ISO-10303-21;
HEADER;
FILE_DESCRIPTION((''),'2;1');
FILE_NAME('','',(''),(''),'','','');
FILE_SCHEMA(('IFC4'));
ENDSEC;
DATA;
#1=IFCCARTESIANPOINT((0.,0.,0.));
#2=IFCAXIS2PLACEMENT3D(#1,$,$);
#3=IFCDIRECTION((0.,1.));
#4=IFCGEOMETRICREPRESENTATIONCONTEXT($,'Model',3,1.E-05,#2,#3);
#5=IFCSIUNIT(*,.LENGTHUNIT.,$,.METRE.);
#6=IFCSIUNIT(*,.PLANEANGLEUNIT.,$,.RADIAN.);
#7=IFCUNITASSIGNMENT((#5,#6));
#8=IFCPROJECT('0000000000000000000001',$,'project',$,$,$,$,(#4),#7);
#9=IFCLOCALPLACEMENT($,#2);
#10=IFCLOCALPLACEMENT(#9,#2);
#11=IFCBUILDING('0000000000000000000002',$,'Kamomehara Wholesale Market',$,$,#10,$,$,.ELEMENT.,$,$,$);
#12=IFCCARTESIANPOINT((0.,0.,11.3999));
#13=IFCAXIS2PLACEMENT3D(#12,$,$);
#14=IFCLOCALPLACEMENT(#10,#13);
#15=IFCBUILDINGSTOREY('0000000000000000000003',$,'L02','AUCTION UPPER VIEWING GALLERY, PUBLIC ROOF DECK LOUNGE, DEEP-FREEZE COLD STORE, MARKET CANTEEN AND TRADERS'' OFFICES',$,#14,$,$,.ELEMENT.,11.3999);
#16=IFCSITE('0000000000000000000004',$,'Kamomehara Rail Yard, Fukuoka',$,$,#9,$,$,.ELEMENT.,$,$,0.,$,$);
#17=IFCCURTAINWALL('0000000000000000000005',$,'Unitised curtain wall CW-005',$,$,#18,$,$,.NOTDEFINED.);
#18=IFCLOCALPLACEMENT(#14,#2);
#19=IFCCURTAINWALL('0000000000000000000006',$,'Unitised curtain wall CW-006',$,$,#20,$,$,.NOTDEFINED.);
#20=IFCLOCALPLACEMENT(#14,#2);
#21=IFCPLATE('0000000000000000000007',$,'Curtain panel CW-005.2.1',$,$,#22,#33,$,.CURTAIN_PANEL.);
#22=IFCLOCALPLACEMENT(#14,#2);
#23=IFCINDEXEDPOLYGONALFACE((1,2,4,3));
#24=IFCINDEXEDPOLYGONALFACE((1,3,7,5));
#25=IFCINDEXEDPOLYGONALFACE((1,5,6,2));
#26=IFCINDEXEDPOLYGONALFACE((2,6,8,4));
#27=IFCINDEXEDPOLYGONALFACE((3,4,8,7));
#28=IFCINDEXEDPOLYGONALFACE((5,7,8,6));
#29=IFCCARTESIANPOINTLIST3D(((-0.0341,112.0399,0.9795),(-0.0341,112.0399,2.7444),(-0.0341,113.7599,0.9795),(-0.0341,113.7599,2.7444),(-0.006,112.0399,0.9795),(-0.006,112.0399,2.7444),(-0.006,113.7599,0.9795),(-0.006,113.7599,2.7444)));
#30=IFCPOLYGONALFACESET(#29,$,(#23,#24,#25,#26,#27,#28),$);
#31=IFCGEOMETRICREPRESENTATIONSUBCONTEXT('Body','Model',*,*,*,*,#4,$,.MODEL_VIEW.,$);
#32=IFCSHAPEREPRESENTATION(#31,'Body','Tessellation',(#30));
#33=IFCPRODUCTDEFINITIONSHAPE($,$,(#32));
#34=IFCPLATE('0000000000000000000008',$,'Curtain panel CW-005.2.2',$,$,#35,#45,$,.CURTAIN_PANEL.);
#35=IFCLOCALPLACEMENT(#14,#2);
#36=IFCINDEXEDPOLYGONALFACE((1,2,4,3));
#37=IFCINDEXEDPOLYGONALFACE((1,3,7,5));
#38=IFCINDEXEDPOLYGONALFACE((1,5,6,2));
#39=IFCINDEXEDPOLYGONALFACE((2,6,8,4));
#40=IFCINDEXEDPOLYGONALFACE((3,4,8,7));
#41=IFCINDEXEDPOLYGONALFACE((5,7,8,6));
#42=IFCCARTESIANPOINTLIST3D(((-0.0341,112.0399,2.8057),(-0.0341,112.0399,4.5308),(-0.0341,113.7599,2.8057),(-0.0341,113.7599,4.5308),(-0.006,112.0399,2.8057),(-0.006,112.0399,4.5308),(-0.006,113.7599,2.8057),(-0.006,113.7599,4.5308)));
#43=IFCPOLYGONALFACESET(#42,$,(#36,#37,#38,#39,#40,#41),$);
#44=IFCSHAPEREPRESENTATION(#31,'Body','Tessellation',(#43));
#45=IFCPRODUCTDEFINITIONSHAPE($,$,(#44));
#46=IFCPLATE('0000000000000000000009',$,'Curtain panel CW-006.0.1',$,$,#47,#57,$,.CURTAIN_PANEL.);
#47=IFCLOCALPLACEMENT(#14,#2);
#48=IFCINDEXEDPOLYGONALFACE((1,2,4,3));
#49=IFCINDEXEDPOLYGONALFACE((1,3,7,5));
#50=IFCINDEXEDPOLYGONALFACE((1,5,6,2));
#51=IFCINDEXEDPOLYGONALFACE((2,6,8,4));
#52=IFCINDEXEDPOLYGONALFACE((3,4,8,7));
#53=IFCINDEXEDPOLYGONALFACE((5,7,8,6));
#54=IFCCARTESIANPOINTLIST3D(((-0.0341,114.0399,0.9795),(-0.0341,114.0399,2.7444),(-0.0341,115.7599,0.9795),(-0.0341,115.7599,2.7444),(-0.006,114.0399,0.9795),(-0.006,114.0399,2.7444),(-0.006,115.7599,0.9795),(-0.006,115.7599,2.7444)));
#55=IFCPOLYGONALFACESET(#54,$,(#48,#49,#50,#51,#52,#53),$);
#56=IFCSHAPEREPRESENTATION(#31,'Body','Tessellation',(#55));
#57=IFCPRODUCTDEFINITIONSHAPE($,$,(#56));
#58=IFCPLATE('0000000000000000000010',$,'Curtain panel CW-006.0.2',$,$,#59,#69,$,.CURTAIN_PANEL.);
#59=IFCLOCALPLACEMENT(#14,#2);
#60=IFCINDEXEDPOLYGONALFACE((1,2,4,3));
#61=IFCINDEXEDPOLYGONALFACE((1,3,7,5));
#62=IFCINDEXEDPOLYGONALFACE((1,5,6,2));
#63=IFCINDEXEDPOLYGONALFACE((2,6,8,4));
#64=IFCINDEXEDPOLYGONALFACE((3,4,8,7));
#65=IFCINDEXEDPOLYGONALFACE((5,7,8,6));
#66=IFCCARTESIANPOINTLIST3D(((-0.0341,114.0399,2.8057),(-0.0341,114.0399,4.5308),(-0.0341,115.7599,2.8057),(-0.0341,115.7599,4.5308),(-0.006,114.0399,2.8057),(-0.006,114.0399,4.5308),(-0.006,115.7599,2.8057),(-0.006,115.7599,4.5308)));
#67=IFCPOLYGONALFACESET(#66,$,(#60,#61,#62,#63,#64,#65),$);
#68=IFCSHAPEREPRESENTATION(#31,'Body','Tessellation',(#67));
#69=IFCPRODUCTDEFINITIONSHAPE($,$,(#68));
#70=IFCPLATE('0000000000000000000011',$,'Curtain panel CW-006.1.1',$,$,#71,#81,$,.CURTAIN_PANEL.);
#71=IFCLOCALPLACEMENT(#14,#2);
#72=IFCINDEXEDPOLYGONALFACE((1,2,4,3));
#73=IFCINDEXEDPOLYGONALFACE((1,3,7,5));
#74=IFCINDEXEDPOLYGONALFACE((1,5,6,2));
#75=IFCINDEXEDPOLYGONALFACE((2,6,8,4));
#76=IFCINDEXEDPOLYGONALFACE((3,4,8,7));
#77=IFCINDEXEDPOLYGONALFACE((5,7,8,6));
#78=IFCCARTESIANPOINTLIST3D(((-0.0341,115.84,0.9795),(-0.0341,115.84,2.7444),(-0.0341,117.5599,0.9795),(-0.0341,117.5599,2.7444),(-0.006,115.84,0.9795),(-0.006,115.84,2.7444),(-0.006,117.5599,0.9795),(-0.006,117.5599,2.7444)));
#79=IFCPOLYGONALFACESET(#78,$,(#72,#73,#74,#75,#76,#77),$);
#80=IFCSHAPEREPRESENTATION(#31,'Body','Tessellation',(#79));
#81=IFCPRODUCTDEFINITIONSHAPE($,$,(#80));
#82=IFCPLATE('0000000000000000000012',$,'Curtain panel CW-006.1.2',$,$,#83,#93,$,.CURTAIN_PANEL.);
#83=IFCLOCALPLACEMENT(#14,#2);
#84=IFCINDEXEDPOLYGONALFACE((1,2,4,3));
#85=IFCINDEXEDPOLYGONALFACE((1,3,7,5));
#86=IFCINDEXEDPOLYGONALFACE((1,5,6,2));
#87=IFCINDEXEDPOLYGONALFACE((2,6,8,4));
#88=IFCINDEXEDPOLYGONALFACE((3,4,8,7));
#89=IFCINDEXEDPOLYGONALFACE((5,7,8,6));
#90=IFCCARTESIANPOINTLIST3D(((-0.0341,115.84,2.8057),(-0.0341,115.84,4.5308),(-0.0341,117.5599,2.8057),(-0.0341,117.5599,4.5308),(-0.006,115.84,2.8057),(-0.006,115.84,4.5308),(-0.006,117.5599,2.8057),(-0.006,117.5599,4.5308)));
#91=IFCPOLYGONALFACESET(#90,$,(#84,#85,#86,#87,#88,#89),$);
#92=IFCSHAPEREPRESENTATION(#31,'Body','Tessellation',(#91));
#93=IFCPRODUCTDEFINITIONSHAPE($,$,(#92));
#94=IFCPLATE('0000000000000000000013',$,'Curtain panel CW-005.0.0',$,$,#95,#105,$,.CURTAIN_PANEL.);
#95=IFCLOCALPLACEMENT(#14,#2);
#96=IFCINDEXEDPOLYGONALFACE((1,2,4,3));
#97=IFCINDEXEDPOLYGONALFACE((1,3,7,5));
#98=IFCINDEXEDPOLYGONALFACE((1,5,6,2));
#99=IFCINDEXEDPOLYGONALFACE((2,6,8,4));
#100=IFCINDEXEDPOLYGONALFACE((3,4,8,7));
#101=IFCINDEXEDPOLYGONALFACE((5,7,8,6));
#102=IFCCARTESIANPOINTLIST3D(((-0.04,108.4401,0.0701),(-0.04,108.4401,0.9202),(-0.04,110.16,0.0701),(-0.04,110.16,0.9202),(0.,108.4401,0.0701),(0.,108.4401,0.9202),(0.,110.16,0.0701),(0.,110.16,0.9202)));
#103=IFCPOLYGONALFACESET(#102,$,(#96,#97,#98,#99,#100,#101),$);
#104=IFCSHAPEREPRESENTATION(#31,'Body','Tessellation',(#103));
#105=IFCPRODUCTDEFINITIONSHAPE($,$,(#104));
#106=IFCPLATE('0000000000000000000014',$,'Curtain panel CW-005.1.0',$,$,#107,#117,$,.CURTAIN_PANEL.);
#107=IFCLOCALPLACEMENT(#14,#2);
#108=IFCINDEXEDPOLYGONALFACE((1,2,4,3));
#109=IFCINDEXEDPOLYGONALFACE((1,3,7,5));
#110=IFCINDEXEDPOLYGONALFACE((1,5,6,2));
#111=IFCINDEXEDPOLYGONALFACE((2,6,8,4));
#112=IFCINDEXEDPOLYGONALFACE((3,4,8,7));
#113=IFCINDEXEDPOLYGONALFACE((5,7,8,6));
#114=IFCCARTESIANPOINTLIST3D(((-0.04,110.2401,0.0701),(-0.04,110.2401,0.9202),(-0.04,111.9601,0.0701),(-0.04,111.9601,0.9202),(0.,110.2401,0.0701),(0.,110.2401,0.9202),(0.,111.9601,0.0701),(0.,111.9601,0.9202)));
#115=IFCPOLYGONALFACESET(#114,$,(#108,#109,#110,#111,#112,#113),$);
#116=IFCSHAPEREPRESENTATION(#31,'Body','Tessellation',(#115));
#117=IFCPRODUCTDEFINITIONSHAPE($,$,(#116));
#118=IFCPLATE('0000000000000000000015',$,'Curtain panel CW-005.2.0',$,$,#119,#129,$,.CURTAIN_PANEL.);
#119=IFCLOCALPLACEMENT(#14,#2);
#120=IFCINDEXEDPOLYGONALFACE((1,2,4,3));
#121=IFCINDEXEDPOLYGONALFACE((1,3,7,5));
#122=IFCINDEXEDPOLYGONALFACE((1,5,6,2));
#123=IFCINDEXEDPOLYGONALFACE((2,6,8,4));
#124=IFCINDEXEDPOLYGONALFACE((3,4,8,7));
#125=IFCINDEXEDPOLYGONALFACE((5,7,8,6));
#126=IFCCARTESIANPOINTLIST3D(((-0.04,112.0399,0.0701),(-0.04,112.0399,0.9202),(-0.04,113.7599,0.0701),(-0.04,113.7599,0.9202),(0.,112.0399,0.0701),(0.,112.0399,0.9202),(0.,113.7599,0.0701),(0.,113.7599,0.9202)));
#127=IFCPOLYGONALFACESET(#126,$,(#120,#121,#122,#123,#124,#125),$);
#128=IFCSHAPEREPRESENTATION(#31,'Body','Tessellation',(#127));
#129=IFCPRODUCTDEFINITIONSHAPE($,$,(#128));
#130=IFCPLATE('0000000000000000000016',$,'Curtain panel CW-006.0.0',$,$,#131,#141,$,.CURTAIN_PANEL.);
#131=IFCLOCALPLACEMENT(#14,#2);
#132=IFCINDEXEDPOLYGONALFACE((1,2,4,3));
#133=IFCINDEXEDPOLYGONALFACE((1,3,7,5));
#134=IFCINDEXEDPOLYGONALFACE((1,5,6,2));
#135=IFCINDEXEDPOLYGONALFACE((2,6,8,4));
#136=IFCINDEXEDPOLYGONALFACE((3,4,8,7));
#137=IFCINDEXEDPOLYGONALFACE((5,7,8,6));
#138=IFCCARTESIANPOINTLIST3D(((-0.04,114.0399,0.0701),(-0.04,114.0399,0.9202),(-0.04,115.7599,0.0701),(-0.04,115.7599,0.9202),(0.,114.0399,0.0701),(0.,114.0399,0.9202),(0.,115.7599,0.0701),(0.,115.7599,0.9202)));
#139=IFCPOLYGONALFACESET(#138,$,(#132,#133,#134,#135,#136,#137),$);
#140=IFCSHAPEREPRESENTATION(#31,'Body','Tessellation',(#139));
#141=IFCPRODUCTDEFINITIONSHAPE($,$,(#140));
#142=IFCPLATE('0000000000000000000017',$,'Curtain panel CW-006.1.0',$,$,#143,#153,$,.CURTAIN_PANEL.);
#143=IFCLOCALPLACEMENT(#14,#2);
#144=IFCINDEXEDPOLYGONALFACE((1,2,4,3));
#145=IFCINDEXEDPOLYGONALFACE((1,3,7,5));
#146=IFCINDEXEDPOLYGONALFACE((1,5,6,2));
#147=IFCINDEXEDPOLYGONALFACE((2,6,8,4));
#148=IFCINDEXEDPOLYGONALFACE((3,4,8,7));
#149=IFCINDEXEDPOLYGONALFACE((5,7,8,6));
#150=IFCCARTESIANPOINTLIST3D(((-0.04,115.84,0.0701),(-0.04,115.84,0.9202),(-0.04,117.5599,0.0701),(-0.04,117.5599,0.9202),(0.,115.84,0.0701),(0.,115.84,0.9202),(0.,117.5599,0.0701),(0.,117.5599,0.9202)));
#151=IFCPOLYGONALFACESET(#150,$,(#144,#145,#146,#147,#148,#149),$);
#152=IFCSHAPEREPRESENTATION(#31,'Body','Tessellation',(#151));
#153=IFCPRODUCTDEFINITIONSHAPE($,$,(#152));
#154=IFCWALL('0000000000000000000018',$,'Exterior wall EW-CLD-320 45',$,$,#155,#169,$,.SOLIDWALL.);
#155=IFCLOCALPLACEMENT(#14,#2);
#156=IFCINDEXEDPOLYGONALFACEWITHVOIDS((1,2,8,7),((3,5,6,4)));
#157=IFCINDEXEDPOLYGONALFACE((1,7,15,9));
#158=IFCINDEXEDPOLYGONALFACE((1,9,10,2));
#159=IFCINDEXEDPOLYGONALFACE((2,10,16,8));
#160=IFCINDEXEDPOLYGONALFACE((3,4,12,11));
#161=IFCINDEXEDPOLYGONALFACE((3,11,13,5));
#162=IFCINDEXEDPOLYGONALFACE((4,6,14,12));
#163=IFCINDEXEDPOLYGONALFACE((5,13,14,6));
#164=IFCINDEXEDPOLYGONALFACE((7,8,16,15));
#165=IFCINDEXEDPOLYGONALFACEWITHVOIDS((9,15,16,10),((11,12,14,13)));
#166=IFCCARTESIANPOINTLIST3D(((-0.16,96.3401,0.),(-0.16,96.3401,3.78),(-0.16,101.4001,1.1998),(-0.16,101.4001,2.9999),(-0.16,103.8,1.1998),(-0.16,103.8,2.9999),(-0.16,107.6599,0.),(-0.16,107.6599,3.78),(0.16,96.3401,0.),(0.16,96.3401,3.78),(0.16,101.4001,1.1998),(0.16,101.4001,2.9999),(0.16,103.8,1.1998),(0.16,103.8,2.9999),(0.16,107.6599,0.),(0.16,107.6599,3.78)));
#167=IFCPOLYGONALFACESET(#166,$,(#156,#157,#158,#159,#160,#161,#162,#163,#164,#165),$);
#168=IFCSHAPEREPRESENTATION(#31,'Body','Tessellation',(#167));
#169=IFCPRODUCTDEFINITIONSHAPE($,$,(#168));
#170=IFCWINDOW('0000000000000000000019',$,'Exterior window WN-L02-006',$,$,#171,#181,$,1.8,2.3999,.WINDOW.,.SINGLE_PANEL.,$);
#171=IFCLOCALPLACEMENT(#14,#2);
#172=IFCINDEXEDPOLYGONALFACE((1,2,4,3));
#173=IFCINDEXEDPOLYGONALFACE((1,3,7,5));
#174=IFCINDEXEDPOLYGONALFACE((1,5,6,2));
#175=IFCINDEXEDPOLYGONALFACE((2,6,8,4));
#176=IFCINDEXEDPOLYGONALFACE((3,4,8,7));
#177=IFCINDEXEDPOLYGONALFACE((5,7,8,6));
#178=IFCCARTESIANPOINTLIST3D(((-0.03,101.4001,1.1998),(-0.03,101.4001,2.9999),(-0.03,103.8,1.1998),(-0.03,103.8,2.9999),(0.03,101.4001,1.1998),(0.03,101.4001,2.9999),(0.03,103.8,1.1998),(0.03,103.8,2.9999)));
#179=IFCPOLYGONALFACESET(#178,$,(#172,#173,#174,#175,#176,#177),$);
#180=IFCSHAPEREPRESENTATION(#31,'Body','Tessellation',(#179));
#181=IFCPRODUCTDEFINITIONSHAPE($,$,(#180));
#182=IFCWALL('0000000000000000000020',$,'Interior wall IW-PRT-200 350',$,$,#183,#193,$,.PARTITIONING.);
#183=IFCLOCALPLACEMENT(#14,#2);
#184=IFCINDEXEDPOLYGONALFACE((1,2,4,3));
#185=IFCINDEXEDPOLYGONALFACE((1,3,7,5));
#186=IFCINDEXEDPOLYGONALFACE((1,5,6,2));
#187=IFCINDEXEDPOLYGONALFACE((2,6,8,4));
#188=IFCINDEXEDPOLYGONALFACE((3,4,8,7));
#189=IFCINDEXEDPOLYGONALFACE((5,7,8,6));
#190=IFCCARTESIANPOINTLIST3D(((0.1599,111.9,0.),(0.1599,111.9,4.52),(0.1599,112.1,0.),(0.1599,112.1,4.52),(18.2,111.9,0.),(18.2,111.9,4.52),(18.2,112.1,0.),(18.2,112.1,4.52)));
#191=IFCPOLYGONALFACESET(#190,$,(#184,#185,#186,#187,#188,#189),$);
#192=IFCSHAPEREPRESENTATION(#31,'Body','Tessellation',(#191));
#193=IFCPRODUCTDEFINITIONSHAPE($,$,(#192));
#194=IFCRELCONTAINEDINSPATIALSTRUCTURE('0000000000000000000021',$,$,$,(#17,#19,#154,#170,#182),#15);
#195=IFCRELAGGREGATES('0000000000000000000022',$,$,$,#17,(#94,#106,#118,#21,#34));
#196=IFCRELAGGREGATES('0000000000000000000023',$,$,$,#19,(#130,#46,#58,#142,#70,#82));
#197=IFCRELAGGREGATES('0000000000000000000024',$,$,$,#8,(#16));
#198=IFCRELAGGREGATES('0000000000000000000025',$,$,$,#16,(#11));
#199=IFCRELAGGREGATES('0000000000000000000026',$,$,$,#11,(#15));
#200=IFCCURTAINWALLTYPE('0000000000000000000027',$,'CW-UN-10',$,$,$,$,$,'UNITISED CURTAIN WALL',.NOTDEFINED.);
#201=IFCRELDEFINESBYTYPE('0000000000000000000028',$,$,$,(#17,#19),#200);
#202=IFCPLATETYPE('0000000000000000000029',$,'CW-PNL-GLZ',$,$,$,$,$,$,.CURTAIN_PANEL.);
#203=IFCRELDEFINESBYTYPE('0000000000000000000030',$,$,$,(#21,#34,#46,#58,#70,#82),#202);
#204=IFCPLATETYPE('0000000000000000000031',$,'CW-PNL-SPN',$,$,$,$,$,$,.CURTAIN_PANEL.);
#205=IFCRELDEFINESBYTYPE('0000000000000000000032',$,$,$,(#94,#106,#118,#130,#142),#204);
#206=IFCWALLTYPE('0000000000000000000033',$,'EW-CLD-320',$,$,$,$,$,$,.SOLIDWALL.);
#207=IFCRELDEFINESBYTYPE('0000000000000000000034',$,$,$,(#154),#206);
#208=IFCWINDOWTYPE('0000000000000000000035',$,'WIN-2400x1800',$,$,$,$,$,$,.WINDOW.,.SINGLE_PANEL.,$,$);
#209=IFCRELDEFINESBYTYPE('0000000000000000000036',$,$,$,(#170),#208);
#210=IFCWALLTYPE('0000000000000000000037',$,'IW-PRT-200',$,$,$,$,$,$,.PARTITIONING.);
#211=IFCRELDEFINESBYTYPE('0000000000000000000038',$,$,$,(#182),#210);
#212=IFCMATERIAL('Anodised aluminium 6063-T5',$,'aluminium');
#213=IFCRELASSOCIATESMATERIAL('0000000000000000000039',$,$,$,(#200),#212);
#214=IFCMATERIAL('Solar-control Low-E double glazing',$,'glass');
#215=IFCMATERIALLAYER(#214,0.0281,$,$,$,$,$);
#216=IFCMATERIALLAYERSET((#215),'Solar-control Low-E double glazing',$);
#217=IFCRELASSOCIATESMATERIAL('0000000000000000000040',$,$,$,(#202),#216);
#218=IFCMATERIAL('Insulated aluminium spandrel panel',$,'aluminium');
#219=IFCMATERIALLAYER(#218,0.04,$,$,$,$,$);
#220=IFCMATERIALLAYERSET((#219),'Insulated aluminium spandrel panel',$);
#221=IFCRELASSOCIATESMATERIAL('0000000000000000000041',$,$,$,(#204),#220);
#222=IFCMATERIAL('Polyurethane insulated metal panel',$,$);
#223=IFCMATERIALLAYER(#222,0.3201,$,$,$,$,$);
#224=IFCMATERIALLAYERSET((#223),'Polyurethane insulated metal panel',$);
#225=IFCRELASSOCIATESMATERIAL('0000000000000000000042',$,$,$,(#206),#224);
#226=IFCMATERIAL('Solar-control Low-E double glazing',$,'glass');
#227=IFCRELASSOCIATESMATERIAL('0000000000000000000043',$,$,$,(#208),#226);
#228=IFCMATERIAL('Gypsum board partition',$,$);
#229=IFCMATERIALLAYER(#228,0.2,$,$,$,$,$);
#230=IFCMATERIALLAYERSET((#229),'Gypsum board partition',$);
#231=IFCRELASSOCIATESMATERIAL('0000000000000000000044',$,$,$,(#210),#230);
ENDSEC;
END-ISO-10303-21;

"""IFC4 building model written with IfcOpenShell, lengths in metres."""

from ifc_helpers import new_model, si_unit, direction, frame, frame_2d, origin, origin_2d, place, context, subcontext, project, spatial, rectangle, extrude, material, layer, layer_set, type_object, element, fill, aggregate, save


model = new_model("IFC4")

# Units and contexts
model_context = context("Model", 3, precision=1e-05, world=origin(), true_north=direction((0.0, 1.0)))
body_context = subcontext(model_context, "Body", "Model", "MODEL_VIEW")
ifc_project = project(units=[si_unit("LENGTHUNIT", "METRE"), si_unit("PLANEANGLEUNIT", "RADIAN")], contexts=[model_context])

# Site, building, storey
site_placement = place(None, origin())
site = spatial("IfcSite", under=ifc_project, at=site_placement, Name="Kamomehara Rail Yard, Fukuoka", CompositionType="ELEMENT", RefElevation=0.0)
building_placement = place(site_placement, origin())
building = spatial("IfcBuilding", under=site, at=building_placement, Name="Kamomehara Wholesale Market", CompositionType="ELEMENT")
storey_placement = place(building_placement, frame((0.0, 0.0, 11.3999)))
storey = spatial("IfcBuildingStorey", under=building, at=storey_placement, Name="L02", Description="AUCTION UPPER VIEWING GALLERY, PUBLIC ROOF DECK LOUNGE, DEEP-FREEZE COLD STORE, MARKET CANTEEN AND TRADERS' OFFICES", CompositionType="ELEMENT", Elevation=11.3999)

# Curtain walls
ifc_material_1 = material(Name="Anodised aluminium 6063-T5", Category="aluminium")
curtain_wall_type = type_object("IfcCurtainWallType", Name="CW-UN-10", ElementType="UNITISED CURTAIN WALL", PredefinedType="NOTDEFINED", material=ifc_material_1)
curtain_wall_1_placement = place(storey_placement, origin())
curtain_wall_1 = element("IfcCurtainWall", 1, at=curtain_wall_1_placement, inside=storey, type_object=curtain_wall_type, Name="Unitised curtain wall CW-005", PredefinedType="NOTDEFINED")
curtain_wall_2_placement = place(storey_placement, origin())
curtain_wall_2 = element("IfcCurtainWall", 2, at=curtain_wall_2_placement, inside=storey, type_object=curtain_wall_type, Name="Unitised curtain wall CW-006", PredefinedType="NOTDEFINED")

# Plates
ifc_material_2 = material(Name="Solar-control Low-E double glazing", Category="glass")
ifc_layer_1 = layer(ifc_material_2, 0.0281)
ifc_layer_set_1 = layer_set([ifc_layer_1], Name="Solar-control Low-E double glazing")
plate_type_1 = type_object("IfcPlateType", Name="CW-PNL-GLZ", PredefinedType="CURTAIN_PANEL", material=ifc_layer_set_1)
plate_1_placement = place(storey_placement, frame((-0.02, 112.8999, 0.9795), z_axis=(0.0, 0.0, 1.0), x_axis=(0.0, 1.0, 0.0)))
plate_1 = element("IfcPlate", 3, at=plate_1_placement, type_object=plate_type_1, Name="Curtain panel CW-005.2.1", PredefinedType="CURTAIN_PANEL", context=body_context, shape_type="SweptSolid", body=[
    extrude(rectangle(XDim=1.72, YDim=0.0281, at=origin_2d()), origin(), (0.0, 0.0, 1.0), 1.7649),
])
plate_2_placement = place(storey_placement, frame((-0.02, 112.8999, 2.8057), z_axis=(0.0, 0.0, 1.0), x_axis=(0.0, 1.0, 0.0)))
plate_2 = element("IfcPlate", 4, at=plate_2_placement, type_object=plate_type_1, Name="Curtain panel CW-005.2.2", PredefinedType="CURTAIN_PANEL", context=body_context, shape_type="SweptSolid", body=[
    extrude(rectangle(XDim=1.72, YDim=0.0281, at=origin_2d()), origin(), (0.0, 0.0, 1.0), 1.7251),
])
plate_3_placement = place(storey_placement, frame((-0.02, 114.8999, 0.9795), z_axis=(0.0, 0.0, 1.0), x_axis=(0.0, 1.0, 0.0)))
plate_3 = element("IfcPlate", 5, at=plate_3_placement, type_object=plate_type_1, Name="Curtain panel CW-006.0.1", PredefinedType="CURTAIN_PANEL", context=body_context, shape_type="SweptSolid", body=[
    extrude(rectangle(XDim=1.72, YDim=0.0281, at=origin_2d()), origin(), (0.0, 0.0, 1.0), 1.7649),
])
plate_4_placement = place(storey_placement, frame((-0.02, 114.8999, 2.8057), z_axis=(0.0, 0.0, 1.0), x_axis=(0.0, 1.0, 0.0)))
plate_4 = element("IfcPlate", 6, at=plate_4_placement, type_object=plate_type_1, Name="Curtain panel CW-006.0.2", PredefinedType="CURTAIN_PANEL", context=body_context, shape_type="SweptSolid", body=[
    extrude(rectangle(XDim=1.72, YDim=0.0281, at=origin_2d()), origin(), (0.0, 0.0, 1.0), 1.7251),
])
plate_5_placement = place(storey_placement, frame((-0.02, 116.7, 0.9795), z_axis=(0.0, 0.0, 1.0), x_axis=(0.0, 1.0, 0.0)))
plate_5 = element("IfcPlate", 7, at=plate_5_placement, type_object=plate_type_1, Name="Curtain panel CW-006.1.1", PredefinedType="CURTAIN_PANEL", context=body_context, shape_type="SweptSolid", body=[
    extrude(rectangle(XDim=1.72, YDim=0.0281, at=origin_2d()), origin(), (0.0, 0.0, 1.0), 1.7649),
])
plate_6_placement = place(storey_placement, frame((-0.02, 116.7, 2.8057), z_axis=(0.0, 0.0, 1.0), x_axis=(0.0, 1.0, 0.0)))
plate_6 = element("IfcPlate", 8, at=plate_6_placement, type_object=plate_type_1, Name="Curtain panel CW-006.1.2", PredefinedType="CURTAIN_PANEL", context=body_context, shape_type="SweptSolid", body=[
    extrude(rectangle(XDim=1.72, YDim=0.0281, at=origin_2d()), origin(), (0.0, 0.0, 1.0), 1.7251),
])
ifc_material_3 = material(Name="Insulated aluminium spandrel panel", Category="aluminium")
ifc_layer_2 = layer(ifc_material_3, 0.04)
ifc_layer_set_2 = layer_set([ifc_layer_2], Name="Insulated aluminium spandrel panel")
plate_type_2 = type_object("IfcPlateType", Name="CW-PNL-SPN", PredefinedType="CURTAIN_PANEL", material=ifc_layer_set_2)
plate_7_placement = place(storey_placement, frame((-0.02, 109.3, 0.0701), z_axis=(0.0, 0.0, 1.0), x_axis=(0.0, 1.0, 0.0)))
plate_7 = element("IfcPlate", 9, at=plate_7_placement, type_object=plate_type_2, Name="Curtain panel CW-005.0.0", PredefinedType="CURTAIN_PANEL", context=body_context, shape_type="SweptSolid", body=[
    extrude(rectangle(XDim=1.72, YDim=0.04, at=origin_2d()), origin(), (0.0, 0.0, 1.0), 0.8501),
])
plate_8_placement = place(storey_placement, frame((-0.02, 111.1001, 0.0701), z_axis=(0.0, 0.0, 1.0), x_axis=(0.0, 1.0, 0.0)))
plate_8 = element("IfcPlate", 10, at=plate_8_placement, type_object=plate_type_2, Name="Curtain panel CW-005.1.0", PredefinedType="CURTAIN_PANEL", context=body_context, shape_type="SweptSolid", body=[
    extrude(rectangle(XDim=1.72, YDim=0.04, at=origin_2d()), origin(), (0.0, 0.0, 1.0), 0.8501),
])
plate_9_placement = place(storey_placement, frame((-0.02, 112.8999, 0.0701), z_axis=(0.0, 0.0, 1.0), x_axis=(0.0, 1.0, 0.0)))
plate_9 = element("IfcPlate", 11, at=plate_9_placement, type_object=plate_type_2, Name="Curtain panel CW-005.2.0", PredefinedType="CURTAIN_PANEL", context=body_context, shape_type="SweptSolid", body=[
    extrude(rectangle(XDim=1.72, YDim=0.04, at=origin_2d()), origin(), (0.0, 0.0, 1.0), 0.8501),
])
aggregate(curtain_wall_1, [plate_7, plate_8, plate_9, plate_1, plate_2])
plate_10_placement = place(storey_placement, frame((-0.02, 114.8999, 0.0701), z_axis=(0.0, 0.0, 1.0), x_axis=(0.0, 1.0, 0.0)))
plate_10 = element("IfcPlate", 12, at=plate_10_placement, type_object=plate_type_2, Name="Curtain panel CW-006.0.0", PredefinedType="CURTAIN_PANEL", context=body_context, shape_type="SweptSolid", body=[
    extrude(rectangle(XDim=1.72, YDim=0.04, at=origin_2d()), origin(), (0.0, 0.0, 1.0), 0.8501),
])
plate_11_placement = place(storey_placement, frame((-0.02, 116.7, 0.0701), z_axis=(0.0, 0.0, 1.0), x_axis=(0.0, 1.0, 0.0)))
plate_11 = element("IfcPlate", 13, at=plate_11_placement, type_object=plate_type_2, Name="Curtain panel CW-006.1.0", PredefinedType="CURTAIN_PANEL", context=body_context, shape_type="SweptSolid", body=[
    extrude(rectangle(XDim=1.72, YDim=0.04, at=origin_2d()), origin(), (0.0, 0.0, 1.0), 0.8501),
])
aggregate(curtain_wall_2, [plate_10, plate_3, plate_4, plate_11, plate_5, plate_6])

# Wall, opening, window
ifc_material_4 = material(Name="Polyurethane insulated metal panel")
ifc_layer_3 = layer(ifc_material_4, 0.3201)
ifc_layer_set_3 = layer_set([ifc_layer_3], Name="Polyurethane insulated metal panel")
wall_type_1 = type_object("IfcWallType", Name="EW-CLD-320", PredefinedType="SOLIDWALL", material=ifc_layer_set_3)
wall_1_placement = place(storey_placement, frame((0.0, 96.3401, 0.0), z_axis=(0.0, 0.0, 1.0), x_axis=(0.0, 1.0, 0.0)))
wall_1 = element("IfcWall", 14, at=wall_1_placement, inside=storey, type_object=wall_type_1, Name="Exterior wall EW-CLD-320 45", PredefinedType="SOLIDWALL", context=body_context, shape_type="SweptSolid", body=[
    extrude(rectangle(XDim=11.3198, YDim=0.3201, at=frame_2d((5.6599, 0.0))), origin(), (0.0, 0.0, 1.0), 3.78),
])
opening_placement = place(wall_1_placement, frame((5.0601, 0.0, 1.2)))
opening = element("IfcOpeningElement", 15, at=opening_placement, cuts=wall_1, PredefinedType="OPENING", context=body_context, shape_type="SweptSolid", body=[
    extrude(rectangle(XDim=2.3999, YDim=1.8, at=frame_2d((1.2, 0.8999))), frame((0.0, 0.1748, 0.0), z_axis=(0.0, -1.0, 0.0), x_axis=(1.0, 0.0, 0.0)), (0.0, 0.0, 1.0), 0.3499),
])
ifc_material_5 = material(Name="Solar-control Low-E double glazing", Category="glass")
window_type = type_object("IfcWindowType", Name="WIN-2400x1800", PartitioningType="SINGLE_PANEL", PredefinedType="WINDOW", material=ifc_material_5)
window_placement = place(opening_placement, origin())
window = element("IfcWindow", 16, at=window_placement, inside=storey, type_object=window_type, Name="Exterior window WN-L02-006", OverallHeight=1.8, OverallWidth=2.3999, PartitioningType="SINGLE_PANEL", PredefinedType="WINDOW", context=body_context, shape_type="SweptSolid", body=[
    extrude(rectangle(XDim=2.3999, YDim=1.8, at=frame_2d((1.2, 0.8999))), frame((0.0, 0.03, 0.0), z_axis=(0.0, -1.0, 0.0), x_axis=(1.0, 0.0, 0.0)), (0.0, 0.0, 1.0), 0.0601),
])
fill(opening, window)

# Wall
ifc_material_6 = material(Name="Gypsum board partition")
ifc_layer_4 = layer(ifc_material_6, 0.2)
ifc_layer_set_4 = layer_set([ifc_layer_4], Name="Gypsum board partition")
wall_type_2 = type_object("IfcWallType", Name="IW-PRT-200", PredefinedType="PARTITIONING", material=ifc_layer_set_4)
wall_2_placement = place(storey_placement, frame((0.1599, 112.0, 0.0), z_axis=(0.0, 0.0, 1.0), x_axis=(1.0, 0.0, 0.0)))
element("IfcWall", 17, at=wall_2_placement, inside=storey, type_object=wall_type_2, Name="Interior wall IW-PRT-200 350", PredefinedType="PARTITIONING", context=body_context, shape_type="SweptSolid", body=[
    extrude(rectangle(XDim=18.04, YDim=0.2, at=frame_2d((9.02, 0.0))), origin(), (0.0, 0.0, 1.0), 4.52),
])

save(model, "model.ifc")
